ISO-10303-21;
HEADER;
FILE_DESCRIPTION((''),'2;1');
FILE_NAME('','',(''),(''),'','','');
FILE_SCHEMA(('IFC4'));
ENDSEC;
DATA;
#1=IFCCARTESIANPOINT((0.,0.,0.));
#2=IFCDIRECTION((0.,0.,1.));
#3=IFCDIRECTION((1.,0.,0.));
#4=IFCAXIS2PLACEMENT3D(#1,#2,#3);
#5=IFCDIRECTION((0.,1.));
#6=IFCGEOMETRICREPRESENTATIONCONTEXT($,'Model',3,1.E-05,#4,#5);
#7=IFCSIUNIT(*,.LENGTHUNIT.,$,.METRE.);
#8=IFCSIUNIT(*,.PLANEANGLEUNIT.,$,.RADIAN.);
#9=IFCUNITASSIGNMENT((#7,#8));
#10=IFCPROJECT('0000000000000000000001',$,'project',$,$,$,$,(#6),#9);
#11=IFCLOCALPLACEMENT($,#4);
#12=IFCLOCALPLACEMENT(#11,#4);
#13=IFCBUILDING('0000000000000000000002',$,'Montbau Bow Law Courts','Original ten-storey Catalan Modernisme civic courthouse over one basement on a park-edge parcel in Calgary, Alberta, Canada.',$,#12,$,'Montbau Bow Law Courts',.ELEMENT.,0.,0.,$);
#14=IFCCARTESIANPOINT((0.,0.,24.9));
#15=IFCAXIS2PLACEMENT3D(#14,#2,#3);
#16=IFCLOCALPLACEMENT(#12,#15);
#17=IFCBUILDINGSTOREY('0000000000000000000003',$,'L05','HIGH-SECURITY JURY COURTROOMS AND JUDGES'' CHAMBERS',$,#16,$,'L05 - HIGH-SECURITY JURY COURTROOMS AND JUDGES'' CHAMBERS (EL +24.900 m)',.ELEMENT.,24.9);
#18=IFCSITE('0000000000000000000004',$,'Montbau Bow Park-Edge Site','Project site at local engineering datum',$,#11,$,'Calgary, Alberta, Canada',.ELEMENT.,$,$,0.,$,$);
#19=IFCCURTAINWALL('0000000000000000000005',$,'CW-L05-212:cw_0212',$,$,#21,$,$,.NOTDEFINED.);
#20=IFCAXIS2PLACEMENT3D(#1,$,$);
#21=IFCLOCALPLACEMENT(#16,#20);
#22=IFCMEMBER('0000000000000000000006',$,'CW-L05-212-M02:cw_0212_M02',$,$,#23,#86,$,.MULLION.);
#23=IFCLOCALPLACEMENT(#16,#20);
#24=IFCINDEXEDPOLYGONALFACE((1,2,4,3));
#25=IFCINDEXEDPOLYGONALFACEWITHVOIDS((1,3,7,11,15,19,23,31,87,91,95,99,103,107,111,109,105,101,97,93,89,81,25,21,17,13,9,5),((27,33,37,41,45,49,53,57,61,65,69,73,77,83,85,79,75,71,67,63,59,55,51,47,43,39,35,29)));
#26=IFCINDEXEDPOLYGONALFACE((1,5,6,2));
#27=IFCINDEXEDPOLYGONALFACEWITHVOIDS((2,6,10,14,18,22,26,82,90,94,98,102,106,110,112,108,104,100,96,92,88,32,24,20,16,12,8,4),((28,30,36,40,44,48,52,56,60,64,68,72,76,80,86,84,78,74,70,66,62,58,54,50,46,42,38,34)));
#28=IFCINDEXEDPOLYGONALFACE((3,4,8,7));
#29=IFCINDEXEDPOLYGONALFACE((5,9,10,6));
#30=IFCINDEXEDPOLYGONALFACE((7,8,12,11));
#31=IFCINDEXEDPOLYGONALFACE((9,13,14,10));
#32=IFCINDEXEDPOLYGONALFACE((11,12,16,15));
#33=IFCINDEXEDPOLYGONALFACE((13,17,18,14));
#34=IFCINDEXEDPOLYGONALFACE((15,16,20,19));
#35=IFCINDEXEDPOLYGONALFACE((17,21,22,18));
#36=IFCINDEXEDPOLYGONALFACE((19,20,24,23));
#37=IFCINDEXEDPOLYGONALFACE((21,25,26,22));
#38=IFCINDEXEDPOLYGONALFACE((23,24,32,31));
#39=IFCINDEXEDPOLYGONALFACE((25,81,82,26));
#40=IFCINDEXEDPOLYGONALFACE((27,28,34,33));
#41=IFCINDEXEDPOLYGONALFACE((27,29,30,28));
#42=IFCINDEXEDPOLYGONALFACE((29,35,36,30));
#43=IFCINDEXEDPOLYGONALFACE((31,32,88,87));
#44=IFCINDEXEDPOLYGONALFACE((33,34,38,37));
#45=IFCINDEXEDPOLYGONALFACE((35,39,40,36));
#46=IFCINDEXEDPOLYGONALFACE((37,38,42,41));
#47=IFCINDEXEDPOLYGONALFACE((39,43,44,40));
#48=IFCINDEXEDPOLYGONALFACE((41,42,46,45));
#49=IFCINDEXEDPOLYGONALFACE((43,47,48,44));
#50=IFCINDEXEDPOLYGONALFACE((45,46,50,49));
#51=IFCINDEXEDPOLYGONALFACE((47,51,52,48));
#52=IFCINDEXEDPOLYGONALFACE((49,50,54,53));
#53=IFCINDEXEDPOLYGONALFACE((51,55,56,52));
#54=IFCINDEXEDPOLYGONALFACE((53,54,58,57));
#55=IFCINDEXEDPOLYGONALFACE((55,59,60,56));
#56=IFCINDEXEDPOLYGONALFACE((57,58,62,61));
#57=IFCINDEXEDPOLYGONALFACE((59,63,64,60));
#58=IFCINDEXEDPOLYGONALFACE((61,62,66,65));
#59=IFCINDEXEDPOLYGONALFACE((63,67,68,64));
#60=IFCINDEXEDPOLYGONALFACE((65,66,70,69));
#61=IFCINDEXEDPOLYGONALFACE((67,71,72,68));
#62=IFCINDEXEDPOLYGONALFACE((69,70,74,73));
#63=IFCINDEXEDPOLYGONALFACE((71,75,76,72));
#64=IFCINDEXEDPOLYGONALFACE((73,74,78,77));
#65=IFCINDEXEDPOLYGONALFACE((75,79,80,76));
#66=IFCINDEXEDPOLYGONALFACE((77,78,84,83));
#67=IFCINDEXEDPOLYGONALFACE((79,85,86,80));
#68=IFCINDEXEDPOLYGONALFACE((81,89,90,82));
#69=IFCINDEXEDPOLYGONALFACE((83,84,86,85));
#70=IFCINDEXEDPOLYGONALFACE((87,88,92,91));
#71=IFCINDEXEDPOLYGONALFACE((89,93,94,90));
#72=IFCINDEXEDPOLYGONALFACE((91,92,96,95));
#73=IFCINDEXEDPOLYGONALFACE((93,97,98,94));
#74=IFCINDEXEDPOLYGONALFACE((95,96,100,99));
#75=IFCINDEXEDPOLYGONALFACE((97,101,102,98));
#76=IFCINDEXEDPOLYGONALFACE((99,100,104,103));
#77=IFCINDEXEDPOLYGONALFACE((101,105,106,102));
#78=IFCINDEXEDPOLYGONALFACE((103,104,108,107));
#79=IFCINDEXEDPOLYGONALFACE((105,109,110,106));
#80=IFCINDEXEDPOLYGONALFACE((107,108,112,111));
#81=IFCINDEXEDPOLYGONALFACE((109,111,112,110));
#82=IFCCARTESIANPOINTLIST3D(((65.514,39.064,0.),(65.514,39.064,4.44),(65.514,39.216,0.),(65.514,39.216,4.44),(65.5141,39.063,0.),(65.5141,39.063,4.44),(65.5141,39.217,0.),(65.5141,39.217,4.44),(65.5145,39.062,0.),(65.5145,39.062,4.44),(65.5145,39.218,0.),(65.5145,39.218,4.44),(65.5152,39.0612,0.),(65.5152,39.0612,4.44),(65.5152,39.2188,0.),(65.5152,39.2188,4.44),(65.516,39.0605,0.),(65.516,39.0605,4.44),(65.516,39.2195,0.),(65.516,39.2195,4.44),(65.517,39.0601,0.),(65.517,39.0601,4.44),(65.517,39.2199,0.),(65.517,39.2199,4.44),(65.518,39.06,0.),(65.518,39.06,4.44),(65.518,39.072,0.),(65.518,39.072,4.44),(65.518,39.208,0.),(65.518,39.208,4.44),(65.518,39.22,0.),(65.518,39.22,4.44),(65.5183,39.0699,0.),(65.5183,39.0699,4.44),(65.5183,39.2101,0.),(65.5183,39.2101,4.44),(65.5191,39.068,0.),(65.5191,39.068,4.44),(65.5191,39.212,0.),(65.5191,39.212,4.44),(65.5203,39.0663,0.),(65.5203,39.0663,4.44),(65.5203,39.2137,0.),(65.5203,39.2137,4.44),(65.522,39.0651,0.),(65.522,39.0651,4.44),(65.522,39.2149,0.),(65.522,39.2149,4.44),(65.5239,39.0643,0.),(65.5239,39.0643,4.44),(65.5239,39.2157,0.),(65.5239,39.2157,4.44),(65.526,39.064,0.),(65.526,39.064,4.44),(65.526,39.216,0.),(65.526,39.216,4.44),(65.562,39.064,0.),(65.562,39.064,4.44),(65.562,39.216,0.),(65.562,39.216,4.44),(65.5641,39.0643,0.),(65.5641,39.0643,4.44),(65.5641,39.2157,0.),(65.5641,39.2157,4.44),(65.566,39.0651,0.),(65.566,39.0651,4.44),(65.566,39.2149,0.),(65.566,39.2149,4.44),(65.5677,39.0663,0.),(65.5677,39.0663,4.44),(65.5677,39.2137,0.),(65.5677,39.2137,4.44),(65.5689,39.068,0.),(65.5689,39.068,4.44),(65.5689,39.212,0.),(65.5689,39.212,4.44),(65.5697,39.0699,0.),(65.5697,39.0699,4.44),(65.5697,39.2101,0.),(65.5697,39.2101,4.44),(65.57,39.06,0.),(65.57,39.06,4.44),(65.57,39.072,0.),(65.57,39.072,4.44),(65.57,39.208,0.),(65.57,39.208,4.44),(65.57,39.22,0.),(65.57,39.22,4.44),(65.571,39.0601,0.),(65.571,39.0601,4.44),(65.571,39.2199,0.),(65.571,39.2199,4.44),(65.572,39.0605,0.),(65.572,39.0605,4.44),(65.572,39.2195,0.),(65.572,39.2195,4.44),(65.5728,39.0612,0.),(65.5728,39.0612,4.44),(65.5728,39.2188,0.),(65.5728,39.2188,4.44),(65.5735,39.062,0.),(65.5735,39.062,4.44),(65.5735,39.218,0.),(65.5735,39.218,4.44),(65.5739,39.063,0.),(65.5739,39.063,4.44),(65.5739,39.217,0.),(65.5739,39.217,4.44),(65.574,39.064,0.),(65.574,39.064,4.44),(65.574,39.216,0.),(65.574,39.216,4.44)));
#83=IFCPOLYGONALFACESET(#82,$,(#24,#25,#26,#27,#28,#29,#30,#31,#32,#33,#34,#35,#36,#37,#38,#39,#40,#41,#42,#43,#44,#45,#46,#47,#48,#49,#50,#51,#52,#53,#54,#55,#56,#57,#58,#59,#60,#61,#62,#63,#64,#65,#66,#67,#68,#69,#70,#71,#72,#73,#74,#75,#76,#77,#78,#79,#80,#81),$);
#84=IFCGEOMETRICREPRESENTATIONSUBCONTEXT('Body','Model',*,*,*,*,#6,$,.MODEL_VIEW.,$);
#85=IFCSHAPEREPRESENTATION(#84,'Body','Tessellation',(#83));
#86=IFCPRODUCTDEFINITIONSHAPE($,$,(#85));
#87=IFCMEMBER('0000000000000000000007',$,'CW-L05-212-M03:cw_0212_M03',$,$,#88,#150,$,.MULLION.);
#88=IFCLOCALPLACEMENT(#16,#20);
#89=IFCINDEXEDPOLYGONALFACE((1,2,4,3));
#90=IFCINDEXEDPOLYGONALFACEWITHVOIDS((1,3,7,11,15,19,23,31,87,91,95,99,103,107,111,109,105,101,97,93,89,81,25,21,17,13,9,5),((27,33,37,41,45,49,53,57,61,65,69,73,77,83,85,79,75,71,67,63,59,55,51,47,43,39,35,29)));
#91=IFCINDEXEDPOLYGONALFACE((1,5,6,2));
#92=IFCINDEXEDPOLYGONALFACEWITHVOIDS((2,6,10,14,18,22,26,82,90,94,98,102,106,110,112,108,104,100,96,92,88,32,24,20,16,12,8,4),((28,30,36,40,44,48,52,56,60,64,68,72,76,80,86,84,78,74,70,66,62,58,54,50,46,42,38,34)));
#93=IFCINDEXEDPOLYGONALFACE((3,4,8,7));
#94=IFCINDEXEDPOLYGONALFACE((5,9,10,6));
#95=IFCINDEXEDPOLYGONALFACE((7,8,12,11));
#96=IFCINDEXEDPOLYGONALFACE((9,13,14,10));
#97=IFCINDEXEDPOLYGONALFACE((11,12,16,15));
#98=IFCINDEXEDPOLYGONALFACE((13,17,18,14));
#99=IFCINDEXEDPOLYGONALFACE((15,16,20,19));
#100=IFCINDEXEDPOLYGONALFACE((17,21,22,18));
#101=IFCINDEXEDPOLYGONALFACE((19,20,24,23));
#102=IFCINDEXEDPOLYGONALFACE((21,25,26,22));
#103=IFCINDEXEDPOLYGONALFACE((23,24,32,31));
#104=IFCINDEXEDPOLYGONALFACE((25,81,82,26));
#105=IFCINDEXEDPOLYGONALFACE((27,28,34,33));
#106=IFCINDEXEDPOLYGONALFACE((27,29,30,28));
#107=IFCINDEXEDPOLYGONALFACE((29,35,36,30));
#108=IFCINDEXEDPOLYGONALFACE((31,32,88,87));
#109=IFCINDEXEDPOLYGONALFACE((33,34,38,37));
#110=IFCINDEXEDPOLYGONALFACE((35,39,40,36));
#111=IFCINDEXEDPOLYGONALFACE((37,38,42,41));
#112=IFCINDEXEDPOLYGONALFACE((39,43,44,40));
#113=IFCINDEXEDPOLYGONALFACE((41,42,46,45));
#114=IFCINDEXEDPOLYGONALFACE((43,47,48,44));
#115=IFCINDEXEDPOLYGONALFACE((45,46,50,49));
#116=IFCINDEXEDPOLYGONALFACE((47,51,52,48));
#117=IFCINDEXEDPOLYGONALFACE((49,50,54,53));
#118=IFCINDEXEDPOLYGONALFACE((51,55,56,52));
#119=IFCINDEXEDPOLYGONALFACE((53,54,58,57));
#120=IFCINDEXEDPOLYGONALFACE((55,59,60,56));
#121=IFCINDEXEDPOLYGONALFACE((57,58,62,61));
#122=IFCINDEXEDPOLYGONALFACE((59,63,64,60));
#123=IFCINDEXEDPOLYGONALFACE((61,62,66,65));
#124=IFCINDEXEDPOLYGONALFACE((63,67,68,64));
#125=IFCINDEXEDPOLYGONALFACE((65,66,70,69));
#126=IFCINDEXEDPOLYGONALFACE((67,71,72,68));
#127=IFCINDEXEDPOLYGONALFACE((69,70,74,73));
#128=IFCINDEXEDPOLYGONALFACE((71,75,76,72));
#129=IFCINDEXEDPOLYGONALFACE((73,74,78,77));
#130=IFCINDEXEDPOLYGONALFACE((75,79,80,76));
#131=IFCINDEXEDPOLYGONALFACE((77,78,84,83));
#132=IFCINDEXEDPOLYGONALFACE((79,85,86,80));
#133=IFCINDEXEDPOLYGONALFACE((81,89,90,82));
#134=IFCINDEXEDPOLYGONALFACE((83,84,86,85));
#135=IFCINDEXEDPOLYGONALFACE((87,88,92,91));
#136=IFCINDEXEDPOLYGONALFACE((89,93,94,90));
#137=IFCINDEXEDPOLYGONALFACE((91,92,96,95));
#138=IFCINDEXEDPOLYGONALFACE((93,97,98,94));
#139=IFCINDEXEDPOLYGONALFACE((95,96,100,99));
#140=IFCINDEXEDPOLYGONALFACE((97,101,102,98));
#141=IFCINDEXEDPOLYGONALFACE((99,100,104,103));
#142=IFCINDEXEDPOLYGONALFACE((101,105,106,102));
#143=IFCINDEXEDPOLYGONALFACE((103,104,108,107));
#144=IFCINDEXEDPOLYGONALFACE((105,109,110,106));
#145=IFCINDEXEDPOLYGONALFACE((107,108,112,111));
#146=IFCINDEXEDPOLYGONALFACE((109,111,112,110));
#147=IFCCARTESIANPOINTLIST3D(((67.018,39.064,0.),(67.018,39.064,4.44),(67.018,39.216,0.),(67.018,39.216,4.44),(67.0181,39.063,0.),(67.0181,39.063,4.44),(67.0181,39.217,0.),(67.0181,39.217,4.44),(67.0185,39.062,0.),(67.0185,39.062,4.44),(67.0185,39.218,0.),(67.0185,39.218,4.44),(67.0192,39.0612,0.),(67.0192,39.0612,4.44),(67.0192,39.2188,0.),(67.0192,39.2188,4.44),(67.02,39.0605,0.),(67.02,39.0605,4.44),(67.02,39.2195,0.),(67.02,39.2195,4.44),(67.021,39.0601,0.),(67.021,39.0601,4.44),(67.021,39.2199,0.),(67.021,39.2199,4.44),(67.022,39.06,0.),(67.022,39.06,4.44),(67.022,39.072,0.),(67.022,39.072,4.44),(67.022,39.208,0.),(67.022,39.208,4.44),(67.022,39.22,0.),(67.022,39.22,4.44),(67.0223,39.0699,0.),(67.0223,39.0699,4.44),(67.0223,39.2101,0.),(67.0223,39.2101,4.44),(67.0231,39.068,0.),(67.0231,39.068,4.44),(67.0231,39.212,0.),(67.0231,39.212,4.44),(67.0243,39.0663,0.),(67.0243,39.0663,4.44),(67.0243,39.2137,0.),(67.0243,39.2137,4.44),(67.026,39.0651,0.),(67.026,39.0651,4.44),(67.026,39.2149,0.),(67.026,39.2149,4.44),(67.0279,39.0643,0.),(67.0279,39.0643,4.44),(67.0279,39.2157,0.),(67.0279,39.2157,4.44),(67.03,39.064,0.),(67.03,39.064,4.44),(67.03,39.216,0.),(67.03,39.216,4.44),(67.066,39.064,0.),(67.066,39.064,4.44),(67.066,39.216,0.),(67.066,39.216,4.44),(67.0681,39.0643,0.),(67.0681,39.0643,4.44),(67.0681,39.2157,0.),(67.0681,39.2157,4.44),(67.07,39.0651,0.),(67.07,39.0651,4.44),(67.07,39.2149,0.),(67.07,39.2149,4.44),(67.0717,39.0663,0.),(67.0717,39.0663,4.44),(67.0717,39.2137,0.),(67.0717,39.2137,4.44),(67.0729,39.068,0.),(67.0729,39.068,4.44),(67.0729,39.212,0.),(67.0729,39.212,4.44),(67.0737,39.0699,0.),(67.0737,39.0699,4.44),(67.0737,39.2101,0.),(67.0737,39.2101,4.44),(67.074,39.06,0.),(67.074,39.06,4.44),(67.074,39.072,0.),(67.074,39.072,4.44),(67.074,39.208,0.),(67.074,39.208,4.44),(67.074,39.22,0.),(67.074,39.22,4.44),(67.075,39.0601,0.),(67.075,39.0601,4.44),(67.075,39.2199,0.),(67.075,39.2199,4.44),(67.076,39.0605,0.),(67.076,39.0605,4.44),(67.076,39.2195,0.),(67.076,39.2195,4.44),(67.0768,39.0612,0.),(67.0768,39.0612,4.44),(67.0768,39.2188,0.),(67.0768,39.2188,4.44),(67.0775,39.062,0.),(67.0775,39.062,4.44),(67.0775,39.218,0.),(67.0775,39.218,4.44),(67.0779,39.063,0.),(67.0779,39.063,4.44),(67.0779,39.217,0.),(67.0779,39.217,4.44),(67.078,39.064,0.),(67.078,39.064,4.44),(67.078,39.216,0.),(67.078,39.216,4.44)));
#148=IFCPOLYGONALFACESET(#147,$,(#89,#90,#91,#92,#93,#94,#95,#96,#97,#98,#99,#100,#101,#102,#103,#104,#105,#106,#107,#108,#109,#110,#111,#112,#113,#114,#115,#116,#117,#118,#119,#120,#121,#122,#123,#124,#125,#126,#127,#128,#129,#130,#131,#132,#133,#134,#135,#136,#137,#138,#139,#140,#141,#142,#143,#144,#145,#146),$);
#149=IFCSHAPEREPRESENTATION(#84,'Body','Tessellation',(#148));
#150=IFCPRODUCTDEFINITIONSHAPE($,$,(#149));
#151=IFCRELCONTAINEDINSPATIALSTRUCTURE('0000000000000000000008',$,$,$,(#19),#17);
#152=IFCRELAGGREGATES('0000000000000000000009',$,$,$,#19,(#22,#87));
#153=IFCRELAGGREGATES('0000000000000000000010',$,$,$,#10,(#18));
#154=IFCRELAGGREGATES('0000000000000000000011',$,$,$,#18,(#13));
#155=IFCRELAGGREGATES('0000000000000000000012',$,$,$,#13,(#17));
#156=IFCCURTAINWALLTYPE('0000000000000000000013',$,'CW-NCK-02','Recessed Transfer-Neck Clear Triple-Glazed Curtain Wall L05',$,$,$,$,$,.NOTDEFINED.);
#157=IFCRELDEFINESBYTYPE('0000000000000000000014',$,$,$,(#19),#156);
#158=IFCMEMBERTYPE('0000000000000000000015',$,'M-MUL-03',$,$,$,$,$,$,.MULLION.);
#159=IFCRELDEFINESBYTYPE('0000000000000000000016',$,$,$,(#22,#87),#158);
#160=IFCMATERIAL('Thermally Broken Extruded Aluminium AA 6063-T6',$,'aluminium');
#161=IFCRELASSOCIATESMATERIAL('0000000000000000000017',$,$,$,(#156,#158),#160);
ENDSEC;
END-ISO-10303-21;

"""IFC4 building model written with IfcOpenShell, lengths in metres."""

from ifc_helpers import new_model, si_unit, direction, frame, origin_with_axes, origin_2d_with_axis, place, context, subcontext, project, spatial, hollow_rectangle, extrude, material, material_profile, profile_set, type_object, element, aggregate, save


model = new_model("IFC4")

# Units and contexts
model_context = context("Model", 3, precision=1e-05, world=origin_with_axes(), true_north=direction((0.0, 1.0)))
body_context = subcontext(model_context, "Body", "Model", "MODEL_VIEW")
ifc_project = project(units=[si_unit("LENGTHUNIT", "METRE"), si_unit("PLANEANGLEUNIT", "RADIAN")], contexts=[model_context])

# Site, building, storey
site_placement = place(None, origin_with_axes())
site = spatial("IfcSite", under=ifc_project, at=site_placement, Name="Montbau Bow Park-Edge Site", Description="Project site at local engineering datum", LongName="Calgary, Alberta, Canada", CompositionType="ELEMENT", RefElevation=0.0)
building_placement = place(site_placement, origin_with_axes())
building = spatial("IfcBuilding", under=site, at=building_placement, Name="Montbau Bow Law Courts", Description="Original ten-storey Catalan Modernisme civic courthouse over one basement on a park-edge parcel in Calgary, Alberta, Canada.", LongName="Montbau Bow Law Courts", CompositionType="ELEMENT", ElevationOfRefHeight=0.0, ElevationOfTerrain=0.0)
storey_placement = place(building_placement, frame((0.0, 0.0, 24.9), z_axis=(0.0, 0.0, 1.0), x_axis=(1.0, 0.0, 0.0)))
storey = spatial("IfcBuildingStorey", under=building, at=storey_placement, Name="L05", Description="HIGH-SECURITY JURY COURTROOMS AND JUDGES' CHAMBERS", LongName="L05 - HIGH-SECURITY JURY COURTROOMS AND JUDGES' CHAMBERS (EL +24.900 m)", CompositionType="ELEMENT", Elevation=24.9)

# Shared definitions
ifc_material_1 = material(Name="Thermally Broken Extruded Aluminium AA 6063-T6", Category="aluminium")
curtain_wall_type = type_object("IfcCurtainWallType", Name="CW-NCK-02", Description="Recessed Transfer-Neck Clear Triple-Glazed Curtain Wall L05", PredefinedType="NOTDEFINED", material=ifc_material_1)

# Curtain wall, members
curtain_wall_1_placement = place(None, frame((64.04, 39.14, 24.9), z_axis=(0.0, 0.0, 1.0), x_axis=(1.0, 0.0, 0.0)))
curtain_wall_1 = element("IfcCurtainWall", 1, at=curtain_wall_1_placement, inside=storey, type_object=curtain_wall_type, Name="CW-L05-212:cw_0212", PredefinedType="NOTDEFINED")
ifc_material_profile_1 = material_profile(ifc_material_1, hollow_rectangle(XDim=0.06, YDim=0.16, WallThickness=0.004, InnerFilletRadius=0.008, OuterFilletRadius=0.004, at=origin_2d_with_axis()), Name="CWM-160X60", Category="Main", Priority=0)
ifc_profile_set_1 = profile_set([ifc_material_profile_1], Name="Thermally Broken Extruded Aluminium AA 6063-T6")
member_type_1 = type_object("IfcMemberType", Name="M-MUL-03", PredefinedType="MULLION", material=ifc_profile_set_1)
member_1_placement = place(None, frame((65.544, 39.14, 24.9), z_axis=(0.0, 0.0, 1.0), x_axis=(1.0, 0.0, 0.0)))
member_1 = element("IfcMember", 2, at=member_1_placement, type_object=member_type_1, Name="CW-L05-212-M02:cw_0212_M02", PredefinedType="MULLION", context=body_context, shape_type="SweptSolid", body=[
    extrude(hollow_rectangle(XDim=0.06, YDim=0.16, WallThickness=0.004, InnerFilletRadius=0.008, OuterFilletRadius=0.004, at=origin_2d_with_axis()), origin_with_axes(), (0.0, 0.0, 1.0), 4.44),
])
member_2_placement = place(None, frame((67.048, 39.14, 24.9), z_axis=(0.0, 0.0, 1.0), x_axis=(1.0, 0.0, 0.0)))
member_2 = element("IfcMember", 3, at=member_2_placement, type_object=member_type_1, Name="CW-L05-212-M03:cw_0212_M03", PredefinedType="MULLION", context=body_context, shape_type="SweptSolid", body=[
    extrude(hollow_rectangle(XDim=0.06, YDim=0.16, WallThickness=0.004, InnerFilletRadius=0.008, OuterFilletRadius=0.004, at=origin_2d_with_axis()), origin_with_axes(), (0.0, 0.0, 1.0), 4.44),
])
aggregate(curtain_wall_1, [member_1, member_2])

save(model, "model.ifc")
